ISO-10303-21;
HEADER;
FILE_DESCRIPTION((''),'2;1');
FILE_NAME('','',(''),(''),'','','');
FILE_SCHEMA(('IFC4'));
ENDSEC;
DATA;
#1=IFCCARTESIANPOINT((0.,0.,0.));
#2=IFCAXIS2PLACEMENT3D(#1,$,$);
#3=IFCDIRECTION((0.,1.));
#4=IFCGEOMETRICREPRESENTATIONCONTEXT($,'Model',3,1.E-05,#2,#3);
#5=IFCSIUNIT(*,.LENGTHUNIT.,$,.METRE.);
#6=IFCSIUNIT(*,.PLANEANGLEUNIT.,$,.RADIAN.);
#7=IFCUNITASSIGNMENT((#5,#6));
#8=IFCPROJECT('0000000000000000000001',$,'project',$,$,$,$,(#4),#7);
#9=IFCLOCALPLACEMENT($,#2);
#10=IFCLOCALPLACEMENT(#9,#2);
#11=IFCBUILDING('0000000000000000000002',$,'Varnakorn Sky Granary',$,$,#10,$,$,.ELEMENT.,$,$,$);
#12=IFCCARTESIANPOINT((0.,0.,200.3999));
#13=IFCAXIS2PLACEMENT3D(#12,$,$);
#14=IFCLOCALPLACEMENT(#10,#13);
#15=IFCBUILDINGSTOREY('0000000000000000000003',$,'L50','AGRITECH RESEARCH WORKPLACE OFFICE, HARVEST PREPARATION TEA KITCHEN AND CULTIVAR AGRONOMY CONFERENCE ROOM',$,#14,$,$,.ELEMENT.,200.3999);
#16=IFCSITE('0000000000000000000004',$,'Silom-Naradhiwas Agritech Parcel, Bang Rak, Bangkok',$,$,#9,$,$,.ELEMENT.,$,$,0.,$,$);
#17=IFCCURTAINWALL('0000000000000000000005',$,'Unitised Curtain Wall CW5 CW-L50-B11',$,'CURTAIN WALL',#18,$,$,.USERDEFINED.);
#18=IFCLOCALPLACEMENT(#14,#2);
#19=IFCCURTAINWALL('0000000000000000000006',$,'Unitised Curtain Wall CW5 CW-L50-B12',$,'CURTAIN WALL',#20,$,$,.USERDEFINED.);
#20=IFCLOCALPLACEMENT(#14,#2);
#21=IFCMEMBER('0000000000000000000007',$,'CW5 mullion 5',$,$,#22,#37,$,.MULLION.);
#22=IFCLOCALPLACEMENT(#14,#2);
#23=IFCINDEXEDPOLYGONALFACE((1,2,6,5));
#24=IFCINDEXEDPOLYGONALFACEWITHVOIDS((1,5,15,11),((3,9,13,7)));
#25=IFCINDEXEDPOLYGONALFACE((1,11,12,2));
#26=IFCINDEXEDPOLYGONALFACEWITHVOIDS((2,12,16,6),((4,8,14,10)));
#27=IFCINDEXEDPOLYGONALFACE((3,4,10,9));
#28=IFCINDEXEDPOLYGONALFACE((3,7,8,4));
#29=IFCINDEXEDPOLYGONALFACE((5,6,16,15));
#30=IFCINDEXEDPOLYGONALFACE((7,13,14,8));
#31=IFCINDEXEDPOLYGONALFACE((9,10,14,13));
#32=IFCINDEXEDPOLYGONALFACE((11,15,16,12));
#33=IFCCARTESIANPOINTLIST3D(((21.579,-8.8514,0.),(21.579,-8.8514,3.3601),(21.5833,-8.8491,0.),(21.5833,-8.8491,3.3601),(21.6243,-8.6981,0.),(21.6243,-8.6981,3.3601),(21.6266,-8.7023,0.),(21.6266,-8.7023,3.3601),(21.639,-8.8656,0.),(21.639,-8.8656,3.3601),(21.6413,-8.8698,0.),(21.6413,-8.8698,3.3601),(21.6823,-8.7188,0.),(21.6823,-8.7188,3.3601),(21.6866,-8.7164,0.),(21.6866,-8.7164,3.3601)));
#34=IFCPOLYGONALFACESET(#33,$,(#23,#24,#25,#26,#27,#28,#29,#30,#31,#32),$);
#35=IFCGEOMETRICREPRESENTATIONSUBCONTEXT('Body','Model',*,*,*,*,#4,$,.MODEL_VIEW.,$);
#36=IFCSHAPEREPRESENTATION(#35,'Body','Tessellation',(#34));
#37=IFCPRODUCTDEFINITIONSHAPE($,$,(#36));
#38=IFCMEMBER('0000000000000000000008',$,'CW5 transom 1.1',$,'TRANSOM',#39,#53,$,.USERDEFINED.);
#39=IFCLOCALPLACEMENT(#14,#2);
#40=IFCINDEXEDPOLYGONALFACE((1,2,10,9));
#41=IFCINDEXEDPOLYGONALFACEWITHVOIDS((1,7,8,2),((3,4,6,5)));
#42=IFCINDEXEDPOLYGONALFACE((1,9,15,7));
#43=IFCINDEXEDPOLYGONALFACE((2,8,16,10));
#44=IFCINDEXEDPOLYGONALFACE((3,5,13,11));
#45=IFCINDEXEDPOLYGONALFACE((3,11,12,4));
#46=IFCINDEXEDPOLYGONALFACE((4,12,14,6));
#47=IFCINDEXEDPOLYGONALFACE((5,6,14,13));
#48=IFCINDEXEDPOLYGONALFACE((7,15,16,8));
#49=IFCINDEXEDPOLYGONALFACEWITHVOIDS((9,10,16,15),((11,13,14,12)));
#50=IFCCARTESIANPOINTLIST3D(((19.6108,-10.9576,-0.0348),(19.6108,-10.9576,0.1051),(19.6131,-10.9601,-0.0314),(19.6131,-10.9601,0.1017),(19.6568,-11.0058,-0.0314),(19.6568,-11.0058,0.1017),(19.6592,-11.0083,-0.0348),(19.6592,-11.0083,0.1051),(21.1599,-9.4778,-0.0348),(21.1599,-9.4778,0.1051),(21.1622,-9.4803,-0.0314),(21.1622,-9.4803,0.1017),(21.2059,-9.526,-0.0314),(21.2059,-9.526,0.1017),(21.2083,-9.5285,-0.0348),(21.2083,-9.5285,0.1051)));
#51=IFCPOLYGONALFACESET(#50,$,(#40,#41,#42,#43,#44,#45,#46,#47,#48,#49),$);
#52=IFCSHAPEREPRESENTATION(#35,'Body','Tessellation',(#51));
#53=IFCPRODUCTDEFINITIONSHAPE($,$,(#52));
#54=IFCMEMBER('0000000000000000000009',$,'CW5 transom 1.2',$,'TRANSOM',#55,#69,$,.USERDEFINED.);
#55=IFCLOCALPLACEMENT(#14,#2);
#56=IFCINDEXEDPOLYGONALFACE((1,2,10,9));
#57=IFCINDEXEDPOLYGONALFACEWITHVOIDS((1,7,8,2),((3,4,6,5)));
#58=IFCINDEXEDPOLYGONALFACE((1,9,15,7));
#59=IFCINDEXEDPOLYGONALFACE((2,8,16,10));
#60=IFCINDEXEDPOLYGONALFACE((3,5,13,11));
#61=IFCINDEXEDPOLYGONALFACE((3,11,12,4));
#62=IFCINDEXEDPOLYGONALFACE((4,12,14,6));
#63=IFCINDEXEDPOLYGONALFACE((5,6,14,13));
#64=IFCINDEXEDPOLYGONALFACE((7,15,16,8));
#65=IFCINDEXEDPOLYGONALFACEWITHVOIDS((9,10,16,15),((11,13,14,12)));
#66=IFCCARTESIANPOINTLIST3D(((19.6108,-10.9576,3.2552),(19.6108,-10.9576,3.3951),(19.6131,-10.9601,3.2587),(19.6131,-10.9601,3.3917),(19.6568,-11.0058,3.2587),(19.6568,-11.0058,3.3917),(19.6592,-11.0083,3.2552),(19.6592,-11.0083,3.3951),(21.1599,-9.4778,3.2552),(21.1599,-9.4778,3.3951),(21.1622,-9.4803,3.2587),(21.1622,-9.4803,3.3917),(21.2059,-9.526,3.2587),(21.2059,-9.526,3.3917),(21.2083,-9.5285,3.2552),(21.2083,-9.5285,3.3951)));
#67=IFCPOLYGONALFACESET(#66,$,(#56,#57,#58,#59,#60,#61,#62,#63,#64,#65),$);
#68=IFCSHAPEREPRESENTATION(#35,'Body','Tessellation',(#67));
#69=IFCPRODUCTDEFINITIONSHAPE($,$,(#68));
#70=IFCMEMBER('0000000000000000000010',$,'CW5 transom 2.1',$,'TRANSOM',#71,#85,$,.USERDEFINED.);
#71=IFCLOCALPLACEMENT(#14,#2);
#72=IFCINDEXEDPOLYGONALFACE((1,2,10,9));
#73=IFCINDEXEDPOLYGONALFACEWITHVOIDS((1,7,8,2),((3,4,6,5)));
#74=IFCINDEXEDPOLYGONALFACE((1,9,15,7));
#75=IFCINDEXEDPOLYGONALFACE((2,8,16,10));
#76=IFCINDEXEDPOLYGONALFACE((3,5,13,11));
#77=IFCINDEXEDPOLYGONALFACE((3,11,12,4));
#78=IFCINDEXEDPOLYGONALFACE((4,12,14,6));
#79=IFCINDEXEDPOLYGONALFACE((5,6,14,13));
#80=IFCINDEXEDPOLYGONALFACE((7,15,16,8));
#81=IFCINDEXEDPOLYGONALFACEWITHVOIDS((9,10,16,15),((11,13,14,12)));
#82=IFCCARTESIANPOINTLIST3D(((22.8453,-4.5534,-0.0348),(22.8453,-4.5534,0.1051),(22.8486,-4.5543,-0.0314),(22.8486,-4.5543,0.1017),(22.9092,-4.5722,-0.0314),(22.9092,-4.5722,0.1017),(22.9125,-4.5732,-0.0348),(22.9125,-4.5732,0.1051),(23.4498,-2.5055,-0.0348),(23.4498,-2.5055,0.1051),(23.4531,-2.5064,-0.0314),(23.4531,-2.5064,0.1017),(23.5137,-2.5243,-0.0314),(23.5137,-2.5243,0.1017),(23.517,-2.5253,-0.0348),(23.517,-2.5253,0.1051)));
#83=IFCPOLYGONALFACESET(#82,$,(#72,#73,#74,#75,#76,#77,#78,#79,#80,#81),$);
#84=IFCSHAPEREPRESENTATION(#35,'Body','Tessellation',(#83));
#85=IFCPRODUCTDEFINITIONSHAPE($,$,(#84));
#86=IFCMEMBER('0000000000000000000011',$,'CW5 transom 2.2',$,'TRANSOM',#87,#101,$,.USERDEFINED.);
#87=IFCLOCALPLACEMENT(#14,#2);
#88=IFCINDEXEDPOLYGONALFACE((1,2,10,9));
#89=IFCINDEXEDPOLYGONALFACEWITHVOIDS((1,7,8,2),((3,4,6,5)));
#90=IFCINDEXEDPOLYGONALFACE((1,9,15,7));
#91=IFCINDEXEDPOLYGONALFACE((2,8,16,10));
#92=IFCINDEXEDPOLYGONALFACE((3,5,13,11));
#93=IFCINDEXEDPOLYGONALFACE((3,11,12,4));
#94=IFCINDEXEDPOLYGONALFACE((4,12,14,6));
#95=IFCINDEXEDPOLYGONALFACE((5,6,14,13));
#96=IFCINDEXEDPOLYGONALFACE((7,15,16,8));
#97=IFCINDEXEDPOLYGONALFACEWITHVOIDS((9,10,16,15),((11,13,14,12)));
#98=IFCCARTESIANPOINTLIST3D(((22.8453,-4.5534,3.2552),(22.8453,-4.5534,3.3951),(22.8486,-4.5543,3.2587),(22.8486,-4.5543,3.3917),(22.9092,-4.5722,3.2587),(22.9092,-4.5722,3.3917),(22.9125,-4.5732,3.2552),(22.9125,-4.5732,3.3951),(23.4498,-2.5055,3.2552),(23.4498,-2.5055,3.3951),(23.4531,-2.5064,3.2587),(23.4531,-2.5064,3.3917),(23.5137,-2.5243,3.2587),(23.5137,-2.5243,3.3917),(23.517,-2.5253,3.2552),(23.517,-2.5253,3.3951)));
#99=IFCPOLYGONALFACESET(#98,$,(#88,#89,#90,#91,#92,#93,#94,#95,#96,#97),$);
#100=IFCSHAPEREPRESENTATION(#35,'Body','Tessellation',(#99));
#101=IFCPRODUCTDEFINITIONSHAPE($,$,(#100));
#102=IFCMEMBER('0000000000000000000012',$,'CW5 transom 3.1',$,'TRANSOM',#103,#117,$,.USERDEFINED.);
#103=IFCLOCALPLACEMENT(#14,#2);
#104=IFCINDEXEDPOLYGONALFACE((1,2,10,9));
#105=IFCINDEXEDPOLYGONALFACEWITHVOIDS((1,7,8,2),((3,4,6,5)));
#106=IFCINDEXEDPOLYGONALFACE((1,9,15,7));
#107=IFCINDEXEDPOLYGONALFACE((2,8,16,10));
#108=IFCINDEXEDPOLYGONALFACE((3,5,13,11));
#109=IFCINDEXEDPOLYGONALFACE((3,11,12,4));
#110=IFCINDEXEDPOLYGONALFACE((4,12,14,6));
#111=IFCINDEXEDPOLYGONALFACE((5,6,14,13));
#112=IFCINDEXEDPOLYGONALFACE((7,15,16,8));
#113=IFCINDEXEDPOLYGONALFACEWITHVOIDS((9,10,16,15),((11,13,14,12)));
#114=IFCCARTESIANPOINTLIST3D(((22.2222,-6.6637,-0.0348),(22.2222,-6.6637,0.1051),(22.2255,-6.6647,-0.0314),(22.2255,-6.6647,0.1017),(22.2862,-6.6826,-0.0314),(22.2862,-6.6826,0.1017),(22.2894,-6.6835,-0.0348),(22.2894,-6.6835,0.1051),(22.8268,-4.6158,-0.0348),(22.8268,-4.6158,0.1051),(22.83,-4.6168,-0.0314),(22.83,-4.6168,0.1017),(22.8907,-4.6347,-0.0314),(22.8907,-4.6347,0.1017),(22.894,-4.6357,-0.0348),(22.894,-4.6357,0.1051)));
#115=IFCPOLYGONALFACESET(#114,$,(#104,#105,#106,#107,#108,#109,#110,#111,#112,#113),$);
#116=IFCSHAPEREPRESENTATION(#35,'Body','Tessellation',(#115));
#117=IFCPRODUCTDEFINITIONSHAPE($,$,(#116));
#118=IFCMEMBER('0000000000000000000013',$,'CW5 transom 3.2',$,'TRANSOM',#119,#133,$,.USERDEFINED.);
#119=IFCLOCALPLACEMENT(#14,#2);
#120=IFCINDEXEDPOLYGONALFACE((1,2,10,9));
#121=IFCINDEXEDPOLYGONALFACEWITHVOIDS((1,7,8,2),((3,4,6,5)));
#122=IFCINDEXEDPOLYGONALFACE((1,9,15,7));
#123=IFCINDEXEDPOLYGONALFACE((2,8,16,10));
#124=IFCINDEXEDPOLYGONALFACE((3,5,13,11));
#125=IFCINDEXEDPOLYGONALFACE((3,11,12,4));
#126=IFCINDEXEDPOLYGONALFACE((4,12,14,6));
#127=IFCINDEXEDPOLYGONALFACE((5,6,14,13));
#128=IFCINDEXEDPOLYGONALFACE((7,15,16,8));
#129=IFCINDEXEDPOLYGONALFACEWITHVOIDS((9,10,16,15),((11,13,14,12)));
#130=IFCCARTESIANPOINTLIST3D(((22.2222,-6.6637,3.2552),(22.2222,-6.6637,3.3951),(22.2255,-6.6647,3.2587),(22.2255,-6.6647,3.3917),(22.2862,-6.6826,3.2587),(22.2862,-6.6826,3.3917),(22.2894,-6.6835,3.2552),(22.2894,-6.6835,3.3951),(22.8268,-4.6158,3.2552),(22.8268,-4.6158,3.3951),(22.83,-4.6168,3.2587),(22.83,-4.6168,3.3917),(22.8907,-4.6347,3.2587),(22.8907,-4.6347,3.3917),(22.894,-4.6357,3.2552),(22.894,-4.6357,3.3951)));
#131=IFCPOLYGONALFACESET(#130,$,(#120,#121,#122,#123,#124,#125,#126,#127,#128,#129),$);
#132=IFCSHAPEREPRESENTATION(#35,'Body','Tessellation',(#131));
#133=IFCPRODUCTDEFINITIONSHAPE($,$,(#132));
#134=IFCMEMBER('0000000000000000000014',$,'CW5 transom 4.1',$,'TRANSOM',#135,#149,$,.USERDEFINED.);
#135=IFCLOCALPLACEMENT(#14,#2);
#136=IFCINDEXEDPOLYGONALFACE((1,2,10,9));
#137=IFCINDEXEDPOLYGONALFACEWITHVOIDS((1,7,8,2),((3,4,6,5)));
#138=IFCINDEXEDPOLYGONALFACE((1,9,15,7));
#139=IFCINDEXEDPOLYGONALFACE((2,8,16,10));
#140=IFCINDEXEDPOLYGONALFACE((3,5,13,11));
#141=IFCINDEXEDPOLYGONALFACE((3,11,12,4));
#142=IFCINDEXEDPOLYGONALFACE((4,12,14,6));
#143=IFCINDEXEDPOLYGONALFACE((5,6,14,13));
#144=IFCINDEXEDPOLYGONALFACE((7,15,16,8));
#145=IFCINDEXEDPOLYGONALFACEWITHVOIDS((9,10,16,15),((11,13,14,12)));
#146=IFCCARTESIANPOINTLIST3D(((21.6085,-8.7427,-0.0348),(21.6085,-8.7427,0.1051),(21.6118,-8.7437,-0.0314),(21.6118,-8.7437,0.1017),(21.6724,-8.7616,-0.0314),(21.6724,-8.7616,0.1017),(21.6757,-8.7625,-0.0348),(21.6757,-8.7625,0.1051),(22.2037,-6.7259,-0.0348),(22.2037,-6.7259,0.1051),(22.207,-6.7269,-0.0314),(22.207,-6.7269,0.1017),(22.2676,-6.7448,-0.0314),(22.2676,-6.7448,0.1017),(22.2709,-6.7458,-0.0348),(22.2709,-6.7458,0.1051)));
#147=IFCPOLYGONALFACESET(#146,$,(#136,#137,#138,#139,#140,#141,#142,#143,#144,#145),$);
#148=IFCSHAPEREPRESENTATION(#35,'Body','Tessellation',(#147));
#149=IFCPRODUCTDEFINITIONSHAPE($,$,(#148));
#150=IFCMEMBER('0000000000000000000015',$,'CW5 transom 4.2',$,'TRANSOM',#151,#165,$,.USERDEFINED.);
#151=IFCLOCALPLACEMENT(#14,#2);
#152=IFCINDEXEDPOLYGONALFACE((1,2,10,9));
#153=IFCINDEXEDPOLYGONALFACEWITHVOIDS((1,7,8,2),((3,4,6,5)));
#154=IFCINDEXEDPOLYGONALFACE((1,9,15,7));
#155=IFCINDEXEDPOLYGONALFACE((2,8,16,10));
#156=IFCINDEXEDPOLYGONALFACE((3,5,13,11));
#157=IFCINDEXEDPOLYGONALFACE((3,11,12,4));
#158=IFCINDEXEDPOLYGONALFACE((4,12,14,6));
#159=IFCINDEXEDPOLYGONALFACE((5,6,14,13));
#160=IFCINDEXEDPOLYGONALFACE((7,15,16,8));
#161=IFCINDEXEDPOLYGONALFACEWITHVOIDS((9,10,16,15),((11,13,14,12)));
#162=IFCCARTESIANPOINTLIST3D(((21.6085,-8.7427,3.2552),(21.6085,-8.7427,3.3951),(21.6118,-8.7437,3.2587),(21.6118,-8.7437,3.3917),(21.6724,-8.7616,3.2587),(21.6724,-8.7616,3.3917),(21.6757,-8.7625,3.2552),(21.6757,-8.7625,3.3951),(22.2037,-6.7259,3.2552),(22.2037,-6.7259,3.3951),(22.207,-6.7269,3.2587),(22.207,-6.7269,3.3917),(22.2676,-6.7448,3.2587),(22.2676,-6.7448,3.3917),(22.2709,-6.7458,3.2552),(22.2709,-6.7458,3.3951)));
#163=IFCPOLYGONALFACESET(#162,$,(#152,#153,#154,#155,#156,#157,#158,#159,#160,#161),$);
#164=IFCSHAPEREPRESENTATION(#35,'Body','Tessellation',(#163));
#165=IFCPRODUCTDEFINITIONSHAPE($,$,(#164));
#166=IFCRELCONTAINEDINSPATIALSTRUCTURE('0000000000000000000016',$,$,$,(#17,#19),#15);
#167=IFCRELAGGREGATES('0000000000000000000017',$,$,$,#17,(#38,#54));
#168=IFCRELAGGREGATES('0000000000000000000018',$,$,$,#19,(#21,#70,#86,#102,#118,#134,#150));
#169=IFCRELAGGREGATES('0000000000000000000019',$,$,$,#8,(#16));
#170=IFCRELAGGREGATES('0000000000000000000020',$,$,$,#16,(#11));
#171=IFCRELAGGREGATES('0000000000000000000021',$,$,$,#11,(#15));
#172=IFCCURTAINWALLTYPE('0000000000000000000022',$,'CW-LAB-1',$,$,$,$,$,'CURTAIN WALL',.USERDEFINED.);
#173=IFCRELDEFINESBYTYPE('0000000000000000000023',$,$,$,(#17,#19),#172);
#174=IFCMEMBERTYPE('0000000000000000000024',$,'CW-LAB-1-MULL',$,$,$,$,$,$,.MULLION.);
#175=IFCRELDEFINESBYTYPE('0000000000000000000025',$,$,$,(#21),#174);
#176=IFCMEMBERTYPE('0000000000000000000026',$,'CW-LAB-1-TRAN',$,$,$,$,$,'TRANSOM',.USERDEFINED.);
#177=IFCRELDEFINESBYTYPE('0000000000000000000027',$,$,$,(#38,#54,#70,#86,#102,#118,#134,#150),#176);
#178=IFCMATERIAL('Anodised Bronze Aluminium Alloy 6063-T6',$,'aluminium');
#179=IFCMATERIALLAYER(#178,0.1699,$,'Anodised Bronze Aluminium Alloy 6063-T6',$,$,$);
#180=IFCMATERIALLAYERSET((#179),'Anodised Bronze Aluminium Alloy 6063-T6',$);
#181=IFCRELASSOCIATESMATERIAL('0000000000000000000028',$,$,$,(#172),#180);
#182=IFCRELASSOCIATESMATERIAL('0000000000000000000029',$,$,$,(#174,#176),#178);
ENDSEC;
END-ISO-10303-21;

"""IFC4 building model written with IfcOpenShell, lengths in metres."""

from ifc_helpers import new_model, si_unit, direction, frame, origin, origin_2d, place, context, subcontext, project, spatial, hollow_rectangle, extrude, material, layer, layer_set, material_profile, profile_set, type_object, element, aggregate, save


model = new_model("IFC4")

# Units and contexts
model_context = context("Model", 3, precision=1e-05, world=origin(), true_north=direction((0.0, 1.0)))
body_context = subcontext(model_context, "Body", "Model", "MODEL_VIEW")
ifc_project = project(units=[si_unit("LENGTHUNIT", "METRE"), si_unit("PLANEANGLEUNIT", "RADIAN")], contexts=[model_context])

# Site, building, storey
site_placement = place(None, origin())
site = spatial("IfcSite", under=ifc_project, at=site_placement, Name="Silom-Naradhiwas Agritech Parcel, Bang Rak, Bangkok", CompositionType="ELEMENT", RefElevation=0.0)
building_placement = place(site_placement, origin())
building = spatial("IfcBuilding", under=site, at=building_placement, Name="Varnakorn Sky Granary", CompositionType="ELEMENT")
storey_placement = place(building_placement, frame((0.0, 0.0, 200.3999)))
storey = spatial("IfcBuildingStorey", under=building, at=storey_placement, Name="L50", Description="AGRITECH RESEARCH WORKPLACE OFFICE, HARVEST PREPARATION TEA KITCHEN AND CULTIVAR AGRONOMY CONFERENCE ROOM", CompositionType="ELEMENT", Elevation=200.3999)

# Curtain wall
ifc_material_1 = material(Name="Anodised Bronze Aluminium Alloy 6063-T6", Category="aluminium")
ifc_layer_1 = layer(ifc_material_1, 0.1699, Name="Anodised Bronze Aluminium Alloy 6063-T6")
ifc_layer_set_1 = layer_set([ifc_layer_1], Name="Anodised Bronze Aluminium Alloy 6063-T6")
curtain_wall_type = type_object("IfcCurtainWallType", Name="CW-LAB-1", ElementType="CURTAIN WALL", PredefinedType="USERDEFINED", material=ifc_layer_set_1)
curtain_wall_1_placement = place(storey_placement, origin())
curtain_wall_1 = element("IfcCurtainWall", 1, at=curtain_wall_1_placement, inside=storey, type_object=curtain_wall_type, Name="Unitised Curtain Wall CW5 CW-L50-B11", ObjectType="CURTAIN WALL", PredefinedType="USERDEFINED")
ifc_material_profile_1 = material_profile(ifc_material_1, hollow_rectangle(XDim=0.0649, YDim=0.1599, WallThickness=0.0034, at=origin_2d()), Name="ALU MULL 65x160")
ifc_profile_set_1 = profile_set([ifc_material_profile_1], Name="Anodised Bronze Aluminium Alloy 6063-T6")
member_type_1 = type_object("IfcMemberType", Name="CW-LAB-1-MULL", PredefinedType="MULLION", material=ifc_profile_set_1)

# Curtain wall, member
curtain_wall_2_placement = place(storey_placement, origin())
curtain_wall_2 = element("IfcCurtainWall", 2, at=curtain_wall_2_placement, inside=storey, type_object=curtain_wall_type, Name="Unitised Curtain Wall CW5 CW-L50-B12", ObjectType="CURTAIN WALL", PredefinedType="USERDEFINED")
member_1_placement = place(storey_placement, frame((21.6328, -8.7839, 0.0), z_axis=(0.0, 0.0, 1.0), x_axis=(0.959077, -0.283144, 0.0)))
member_1 = element("IfcMember", 3, at=member_1_placement, type_object=member_type_1, Name="CW5 mullion 5", PredefinedType="MULLION", context=body_context, shape_type="SweptSolid", body=[
    extrude(hollow_rectangle(XDim=0.0649, YDim=0.1599, WallThickness=0.0034, at=origin_2d()), origin(), (0.0, 0.0, 1.0), 3.3601),
])

# Members
ifc_material_profile_2 = material_profile(ifc_material_1, hollow_rectangle(XDim=0.0701, YDim=0.1399, WallThickness=0.0034, at=origin_2d()), Name="ALU TRAN 70x140")
ifc_profile_set_2 = profile_set([ifc_material_profile_2], Name="Anodised Bronze Aluminium Alloy 6063-T6")
member_type_2 = type_object("IfcMemberType", Name="CW-LAB-1-TRAN", ElementType="TRANSOM", PredefinedType="USERDEFINED", material=ifc_profile_set_2)
member_2_placement = place(storey_placement, frame((21.1841, -9.5032, 0.0352), z_axis=(-0.723105, -0.690739, 0.0), x_axis=(0.690739, -0.723105, 0.0)))
member_2 = element("IfcMember", 4, at=member_2_placement, type_object=member_type_2, Name="CW5 transom 1.1", ObjectType="TRANSOM", PredefinedType="USERDEFINED", context=body_context, shape_type="SweptSolid", body=[
    extrude(hollow_rectangle(XDim=0.0701, YDim=0.1399, WallThickness=0.0034, at=origin_2d()), origin(), (0.0, 0.0, 1.0), 2.1423),
])
member_3_placement = place(storey_placement, frame((21.1841, -9.5032, 3.3252), z_axis=(-0.723105, -0.690739, 0.0), x_axis=(0.690739, -0.723105, 0.0)))
member_3 = element("IfcMember", 5, at=member_3_placement, type_object=member_type_2, Name="CW5 transom 1.2", ObjectType="TRANSOM", PredefinedType="USERDEFINED", context=body_context, shape_type="SweptSolid", body=[
    extrude(hollow_rectangle(XDim=0.0701, YDim=0.1399, WallThickness=0.0034, at=origin_2d()), origin(), (0.0, 0.0, 1.0), 2.1423),
])
aggregate(curtain_wall_1, [member_2, member_3])
member_4_placement = place(storey_placement, frame((23.4834, -2.5154, 0.0352), z_axis=(-0.283107, -0.959088, 0.0), x_axis=(0.959088, -0.283107, 0.0)))
member_4 = element("IfcMember", 6, at=member_4_placement, type_object=member_type_2, Name="CW5 transom 2.1", ObjectType="TRANSOM", PredefinedType="USERDEFINED", context=body_context, shape_type="SweptSolid", body=[
    extrude(hollow_rectangle(XDim=0.0701, YDim=0.1399, WallThickness=0.0034, at=origin_2d()), origin(), (0.0, 0.0, 1.0), 2.1353),
])
member_5_placement = place(storey_placement, frame((23.4834, -2.5154, 3.3252), z_axis=(-0.283107, -0.959088, 0.0), x_axis=(0.959088, -0.283107, 0.0)))
member_5 = element("IfcMember", 7, at=member_5_placement, type_object=member_type_2, Name="CW5 transom 2.2", ObjectType="TRANSOM", PredefinedType="USERDEFINED", context=body_context, shape_type="SweptSolid", body=[
    extrude(hollow_rectangle(XDim=0.0701, YDim=0.1399, WallThickness=0.0034, at=origin_2d()), origin(), (0.0, 0.0, 1.0), 2.1353),
])
member_6_placement = place(storey_placement, frame((22.8604, -4.6257, 0.0352), z_axis=(-0.283107, -0.959088, 0.0), x_axis=(0.959088, -0.283107, 0.0)))
member_6 = element("IfcMember", 8, at=member_6_placement, type_object=member_type_2, Name="CW5 transom 3.1", ObjectType="TRANSOM", PredefinedType="USERDEFINED", context=body_context, shape_type="SweptSolid", body=[
    extrude(hollow_rectangle(XDim=0.0701, YDim=0.1399, WallThickness=0.0034, at=origin_2d()), origin(), (0.0, 0.0, 1.0), 2.1353),
])
member_7_placement = place(storey_placement, frame((22.8604, -4.6257, 3.3252), z_axis=(-0.283107, -0.959088, 0.0), x_axis=(0.959088, -0.283107, 0.0)))
member_7 = element("IfcMember", 9, at=member_7_placement, type_object=member_type_2, Name="CW5 transom 3.2", ObjectType="TRANSOM", PredefinedType="USERDEFINED", context=body_context, shape_type="SweptSolid", body=[
    extrude(hollow_rectangle(XDim=0.0701, YDim=0.1399, WallThickness=0.0034, at=origin_2d()), origin(), (0.0, 0.0, 1.0), 2.1353),
])
member_8_placement = place(storey_placement, frame((22.2373, -6.7358, 0.0352), z_axis=(-0.283052, -0.959104, 0.0), x_axis=(0.959104, -0.283052, 0.0)))
member_8 = element("IfcMember", 10, at=member_8_placement, type_object=member_type_2, Name="CW5 transom 4.1", ObjectType="TRANSOM", PredefinedType="USERDEFINED", context=body_context, shape_type="SweptSolid", body=[
    extrude(hollow_rectangle(XDim=0.0701, YDim=0.1399, WallThickness=0.0034, at=origin_2d()), origin(), (0.0, 0.0, 1.0), 2.1028),
])
member_9_placement = place(storey_placement, frame((22.2373, -6.7358, 3.3252), z_axis=(-0.283052, -0.959104, 0.0), x_axis=(0.959104, -0.283052, 0.0)))
member_9 = element("IfcMember", 11, at=member_9_placement, type_object=member_type_2, Name="CW5 transom 4.2", ObjectType="TRANSOM", PredefinedType="USERDEFINED", context=body_context, shape_type="SweptSolid", body=[
    extrude(hollow_rectangle(XDim=0.0701, YDim=0.1399, WallThickness=0.0034, at=origin_2d()), origin(), (0.0, 0.0, 1.0), 2.1028),
])

aggregate(curtain_wall_2, [member_1, member_4, member_5, member_6, member_7, member_8, member_9])

save(model, "model.ifc")
